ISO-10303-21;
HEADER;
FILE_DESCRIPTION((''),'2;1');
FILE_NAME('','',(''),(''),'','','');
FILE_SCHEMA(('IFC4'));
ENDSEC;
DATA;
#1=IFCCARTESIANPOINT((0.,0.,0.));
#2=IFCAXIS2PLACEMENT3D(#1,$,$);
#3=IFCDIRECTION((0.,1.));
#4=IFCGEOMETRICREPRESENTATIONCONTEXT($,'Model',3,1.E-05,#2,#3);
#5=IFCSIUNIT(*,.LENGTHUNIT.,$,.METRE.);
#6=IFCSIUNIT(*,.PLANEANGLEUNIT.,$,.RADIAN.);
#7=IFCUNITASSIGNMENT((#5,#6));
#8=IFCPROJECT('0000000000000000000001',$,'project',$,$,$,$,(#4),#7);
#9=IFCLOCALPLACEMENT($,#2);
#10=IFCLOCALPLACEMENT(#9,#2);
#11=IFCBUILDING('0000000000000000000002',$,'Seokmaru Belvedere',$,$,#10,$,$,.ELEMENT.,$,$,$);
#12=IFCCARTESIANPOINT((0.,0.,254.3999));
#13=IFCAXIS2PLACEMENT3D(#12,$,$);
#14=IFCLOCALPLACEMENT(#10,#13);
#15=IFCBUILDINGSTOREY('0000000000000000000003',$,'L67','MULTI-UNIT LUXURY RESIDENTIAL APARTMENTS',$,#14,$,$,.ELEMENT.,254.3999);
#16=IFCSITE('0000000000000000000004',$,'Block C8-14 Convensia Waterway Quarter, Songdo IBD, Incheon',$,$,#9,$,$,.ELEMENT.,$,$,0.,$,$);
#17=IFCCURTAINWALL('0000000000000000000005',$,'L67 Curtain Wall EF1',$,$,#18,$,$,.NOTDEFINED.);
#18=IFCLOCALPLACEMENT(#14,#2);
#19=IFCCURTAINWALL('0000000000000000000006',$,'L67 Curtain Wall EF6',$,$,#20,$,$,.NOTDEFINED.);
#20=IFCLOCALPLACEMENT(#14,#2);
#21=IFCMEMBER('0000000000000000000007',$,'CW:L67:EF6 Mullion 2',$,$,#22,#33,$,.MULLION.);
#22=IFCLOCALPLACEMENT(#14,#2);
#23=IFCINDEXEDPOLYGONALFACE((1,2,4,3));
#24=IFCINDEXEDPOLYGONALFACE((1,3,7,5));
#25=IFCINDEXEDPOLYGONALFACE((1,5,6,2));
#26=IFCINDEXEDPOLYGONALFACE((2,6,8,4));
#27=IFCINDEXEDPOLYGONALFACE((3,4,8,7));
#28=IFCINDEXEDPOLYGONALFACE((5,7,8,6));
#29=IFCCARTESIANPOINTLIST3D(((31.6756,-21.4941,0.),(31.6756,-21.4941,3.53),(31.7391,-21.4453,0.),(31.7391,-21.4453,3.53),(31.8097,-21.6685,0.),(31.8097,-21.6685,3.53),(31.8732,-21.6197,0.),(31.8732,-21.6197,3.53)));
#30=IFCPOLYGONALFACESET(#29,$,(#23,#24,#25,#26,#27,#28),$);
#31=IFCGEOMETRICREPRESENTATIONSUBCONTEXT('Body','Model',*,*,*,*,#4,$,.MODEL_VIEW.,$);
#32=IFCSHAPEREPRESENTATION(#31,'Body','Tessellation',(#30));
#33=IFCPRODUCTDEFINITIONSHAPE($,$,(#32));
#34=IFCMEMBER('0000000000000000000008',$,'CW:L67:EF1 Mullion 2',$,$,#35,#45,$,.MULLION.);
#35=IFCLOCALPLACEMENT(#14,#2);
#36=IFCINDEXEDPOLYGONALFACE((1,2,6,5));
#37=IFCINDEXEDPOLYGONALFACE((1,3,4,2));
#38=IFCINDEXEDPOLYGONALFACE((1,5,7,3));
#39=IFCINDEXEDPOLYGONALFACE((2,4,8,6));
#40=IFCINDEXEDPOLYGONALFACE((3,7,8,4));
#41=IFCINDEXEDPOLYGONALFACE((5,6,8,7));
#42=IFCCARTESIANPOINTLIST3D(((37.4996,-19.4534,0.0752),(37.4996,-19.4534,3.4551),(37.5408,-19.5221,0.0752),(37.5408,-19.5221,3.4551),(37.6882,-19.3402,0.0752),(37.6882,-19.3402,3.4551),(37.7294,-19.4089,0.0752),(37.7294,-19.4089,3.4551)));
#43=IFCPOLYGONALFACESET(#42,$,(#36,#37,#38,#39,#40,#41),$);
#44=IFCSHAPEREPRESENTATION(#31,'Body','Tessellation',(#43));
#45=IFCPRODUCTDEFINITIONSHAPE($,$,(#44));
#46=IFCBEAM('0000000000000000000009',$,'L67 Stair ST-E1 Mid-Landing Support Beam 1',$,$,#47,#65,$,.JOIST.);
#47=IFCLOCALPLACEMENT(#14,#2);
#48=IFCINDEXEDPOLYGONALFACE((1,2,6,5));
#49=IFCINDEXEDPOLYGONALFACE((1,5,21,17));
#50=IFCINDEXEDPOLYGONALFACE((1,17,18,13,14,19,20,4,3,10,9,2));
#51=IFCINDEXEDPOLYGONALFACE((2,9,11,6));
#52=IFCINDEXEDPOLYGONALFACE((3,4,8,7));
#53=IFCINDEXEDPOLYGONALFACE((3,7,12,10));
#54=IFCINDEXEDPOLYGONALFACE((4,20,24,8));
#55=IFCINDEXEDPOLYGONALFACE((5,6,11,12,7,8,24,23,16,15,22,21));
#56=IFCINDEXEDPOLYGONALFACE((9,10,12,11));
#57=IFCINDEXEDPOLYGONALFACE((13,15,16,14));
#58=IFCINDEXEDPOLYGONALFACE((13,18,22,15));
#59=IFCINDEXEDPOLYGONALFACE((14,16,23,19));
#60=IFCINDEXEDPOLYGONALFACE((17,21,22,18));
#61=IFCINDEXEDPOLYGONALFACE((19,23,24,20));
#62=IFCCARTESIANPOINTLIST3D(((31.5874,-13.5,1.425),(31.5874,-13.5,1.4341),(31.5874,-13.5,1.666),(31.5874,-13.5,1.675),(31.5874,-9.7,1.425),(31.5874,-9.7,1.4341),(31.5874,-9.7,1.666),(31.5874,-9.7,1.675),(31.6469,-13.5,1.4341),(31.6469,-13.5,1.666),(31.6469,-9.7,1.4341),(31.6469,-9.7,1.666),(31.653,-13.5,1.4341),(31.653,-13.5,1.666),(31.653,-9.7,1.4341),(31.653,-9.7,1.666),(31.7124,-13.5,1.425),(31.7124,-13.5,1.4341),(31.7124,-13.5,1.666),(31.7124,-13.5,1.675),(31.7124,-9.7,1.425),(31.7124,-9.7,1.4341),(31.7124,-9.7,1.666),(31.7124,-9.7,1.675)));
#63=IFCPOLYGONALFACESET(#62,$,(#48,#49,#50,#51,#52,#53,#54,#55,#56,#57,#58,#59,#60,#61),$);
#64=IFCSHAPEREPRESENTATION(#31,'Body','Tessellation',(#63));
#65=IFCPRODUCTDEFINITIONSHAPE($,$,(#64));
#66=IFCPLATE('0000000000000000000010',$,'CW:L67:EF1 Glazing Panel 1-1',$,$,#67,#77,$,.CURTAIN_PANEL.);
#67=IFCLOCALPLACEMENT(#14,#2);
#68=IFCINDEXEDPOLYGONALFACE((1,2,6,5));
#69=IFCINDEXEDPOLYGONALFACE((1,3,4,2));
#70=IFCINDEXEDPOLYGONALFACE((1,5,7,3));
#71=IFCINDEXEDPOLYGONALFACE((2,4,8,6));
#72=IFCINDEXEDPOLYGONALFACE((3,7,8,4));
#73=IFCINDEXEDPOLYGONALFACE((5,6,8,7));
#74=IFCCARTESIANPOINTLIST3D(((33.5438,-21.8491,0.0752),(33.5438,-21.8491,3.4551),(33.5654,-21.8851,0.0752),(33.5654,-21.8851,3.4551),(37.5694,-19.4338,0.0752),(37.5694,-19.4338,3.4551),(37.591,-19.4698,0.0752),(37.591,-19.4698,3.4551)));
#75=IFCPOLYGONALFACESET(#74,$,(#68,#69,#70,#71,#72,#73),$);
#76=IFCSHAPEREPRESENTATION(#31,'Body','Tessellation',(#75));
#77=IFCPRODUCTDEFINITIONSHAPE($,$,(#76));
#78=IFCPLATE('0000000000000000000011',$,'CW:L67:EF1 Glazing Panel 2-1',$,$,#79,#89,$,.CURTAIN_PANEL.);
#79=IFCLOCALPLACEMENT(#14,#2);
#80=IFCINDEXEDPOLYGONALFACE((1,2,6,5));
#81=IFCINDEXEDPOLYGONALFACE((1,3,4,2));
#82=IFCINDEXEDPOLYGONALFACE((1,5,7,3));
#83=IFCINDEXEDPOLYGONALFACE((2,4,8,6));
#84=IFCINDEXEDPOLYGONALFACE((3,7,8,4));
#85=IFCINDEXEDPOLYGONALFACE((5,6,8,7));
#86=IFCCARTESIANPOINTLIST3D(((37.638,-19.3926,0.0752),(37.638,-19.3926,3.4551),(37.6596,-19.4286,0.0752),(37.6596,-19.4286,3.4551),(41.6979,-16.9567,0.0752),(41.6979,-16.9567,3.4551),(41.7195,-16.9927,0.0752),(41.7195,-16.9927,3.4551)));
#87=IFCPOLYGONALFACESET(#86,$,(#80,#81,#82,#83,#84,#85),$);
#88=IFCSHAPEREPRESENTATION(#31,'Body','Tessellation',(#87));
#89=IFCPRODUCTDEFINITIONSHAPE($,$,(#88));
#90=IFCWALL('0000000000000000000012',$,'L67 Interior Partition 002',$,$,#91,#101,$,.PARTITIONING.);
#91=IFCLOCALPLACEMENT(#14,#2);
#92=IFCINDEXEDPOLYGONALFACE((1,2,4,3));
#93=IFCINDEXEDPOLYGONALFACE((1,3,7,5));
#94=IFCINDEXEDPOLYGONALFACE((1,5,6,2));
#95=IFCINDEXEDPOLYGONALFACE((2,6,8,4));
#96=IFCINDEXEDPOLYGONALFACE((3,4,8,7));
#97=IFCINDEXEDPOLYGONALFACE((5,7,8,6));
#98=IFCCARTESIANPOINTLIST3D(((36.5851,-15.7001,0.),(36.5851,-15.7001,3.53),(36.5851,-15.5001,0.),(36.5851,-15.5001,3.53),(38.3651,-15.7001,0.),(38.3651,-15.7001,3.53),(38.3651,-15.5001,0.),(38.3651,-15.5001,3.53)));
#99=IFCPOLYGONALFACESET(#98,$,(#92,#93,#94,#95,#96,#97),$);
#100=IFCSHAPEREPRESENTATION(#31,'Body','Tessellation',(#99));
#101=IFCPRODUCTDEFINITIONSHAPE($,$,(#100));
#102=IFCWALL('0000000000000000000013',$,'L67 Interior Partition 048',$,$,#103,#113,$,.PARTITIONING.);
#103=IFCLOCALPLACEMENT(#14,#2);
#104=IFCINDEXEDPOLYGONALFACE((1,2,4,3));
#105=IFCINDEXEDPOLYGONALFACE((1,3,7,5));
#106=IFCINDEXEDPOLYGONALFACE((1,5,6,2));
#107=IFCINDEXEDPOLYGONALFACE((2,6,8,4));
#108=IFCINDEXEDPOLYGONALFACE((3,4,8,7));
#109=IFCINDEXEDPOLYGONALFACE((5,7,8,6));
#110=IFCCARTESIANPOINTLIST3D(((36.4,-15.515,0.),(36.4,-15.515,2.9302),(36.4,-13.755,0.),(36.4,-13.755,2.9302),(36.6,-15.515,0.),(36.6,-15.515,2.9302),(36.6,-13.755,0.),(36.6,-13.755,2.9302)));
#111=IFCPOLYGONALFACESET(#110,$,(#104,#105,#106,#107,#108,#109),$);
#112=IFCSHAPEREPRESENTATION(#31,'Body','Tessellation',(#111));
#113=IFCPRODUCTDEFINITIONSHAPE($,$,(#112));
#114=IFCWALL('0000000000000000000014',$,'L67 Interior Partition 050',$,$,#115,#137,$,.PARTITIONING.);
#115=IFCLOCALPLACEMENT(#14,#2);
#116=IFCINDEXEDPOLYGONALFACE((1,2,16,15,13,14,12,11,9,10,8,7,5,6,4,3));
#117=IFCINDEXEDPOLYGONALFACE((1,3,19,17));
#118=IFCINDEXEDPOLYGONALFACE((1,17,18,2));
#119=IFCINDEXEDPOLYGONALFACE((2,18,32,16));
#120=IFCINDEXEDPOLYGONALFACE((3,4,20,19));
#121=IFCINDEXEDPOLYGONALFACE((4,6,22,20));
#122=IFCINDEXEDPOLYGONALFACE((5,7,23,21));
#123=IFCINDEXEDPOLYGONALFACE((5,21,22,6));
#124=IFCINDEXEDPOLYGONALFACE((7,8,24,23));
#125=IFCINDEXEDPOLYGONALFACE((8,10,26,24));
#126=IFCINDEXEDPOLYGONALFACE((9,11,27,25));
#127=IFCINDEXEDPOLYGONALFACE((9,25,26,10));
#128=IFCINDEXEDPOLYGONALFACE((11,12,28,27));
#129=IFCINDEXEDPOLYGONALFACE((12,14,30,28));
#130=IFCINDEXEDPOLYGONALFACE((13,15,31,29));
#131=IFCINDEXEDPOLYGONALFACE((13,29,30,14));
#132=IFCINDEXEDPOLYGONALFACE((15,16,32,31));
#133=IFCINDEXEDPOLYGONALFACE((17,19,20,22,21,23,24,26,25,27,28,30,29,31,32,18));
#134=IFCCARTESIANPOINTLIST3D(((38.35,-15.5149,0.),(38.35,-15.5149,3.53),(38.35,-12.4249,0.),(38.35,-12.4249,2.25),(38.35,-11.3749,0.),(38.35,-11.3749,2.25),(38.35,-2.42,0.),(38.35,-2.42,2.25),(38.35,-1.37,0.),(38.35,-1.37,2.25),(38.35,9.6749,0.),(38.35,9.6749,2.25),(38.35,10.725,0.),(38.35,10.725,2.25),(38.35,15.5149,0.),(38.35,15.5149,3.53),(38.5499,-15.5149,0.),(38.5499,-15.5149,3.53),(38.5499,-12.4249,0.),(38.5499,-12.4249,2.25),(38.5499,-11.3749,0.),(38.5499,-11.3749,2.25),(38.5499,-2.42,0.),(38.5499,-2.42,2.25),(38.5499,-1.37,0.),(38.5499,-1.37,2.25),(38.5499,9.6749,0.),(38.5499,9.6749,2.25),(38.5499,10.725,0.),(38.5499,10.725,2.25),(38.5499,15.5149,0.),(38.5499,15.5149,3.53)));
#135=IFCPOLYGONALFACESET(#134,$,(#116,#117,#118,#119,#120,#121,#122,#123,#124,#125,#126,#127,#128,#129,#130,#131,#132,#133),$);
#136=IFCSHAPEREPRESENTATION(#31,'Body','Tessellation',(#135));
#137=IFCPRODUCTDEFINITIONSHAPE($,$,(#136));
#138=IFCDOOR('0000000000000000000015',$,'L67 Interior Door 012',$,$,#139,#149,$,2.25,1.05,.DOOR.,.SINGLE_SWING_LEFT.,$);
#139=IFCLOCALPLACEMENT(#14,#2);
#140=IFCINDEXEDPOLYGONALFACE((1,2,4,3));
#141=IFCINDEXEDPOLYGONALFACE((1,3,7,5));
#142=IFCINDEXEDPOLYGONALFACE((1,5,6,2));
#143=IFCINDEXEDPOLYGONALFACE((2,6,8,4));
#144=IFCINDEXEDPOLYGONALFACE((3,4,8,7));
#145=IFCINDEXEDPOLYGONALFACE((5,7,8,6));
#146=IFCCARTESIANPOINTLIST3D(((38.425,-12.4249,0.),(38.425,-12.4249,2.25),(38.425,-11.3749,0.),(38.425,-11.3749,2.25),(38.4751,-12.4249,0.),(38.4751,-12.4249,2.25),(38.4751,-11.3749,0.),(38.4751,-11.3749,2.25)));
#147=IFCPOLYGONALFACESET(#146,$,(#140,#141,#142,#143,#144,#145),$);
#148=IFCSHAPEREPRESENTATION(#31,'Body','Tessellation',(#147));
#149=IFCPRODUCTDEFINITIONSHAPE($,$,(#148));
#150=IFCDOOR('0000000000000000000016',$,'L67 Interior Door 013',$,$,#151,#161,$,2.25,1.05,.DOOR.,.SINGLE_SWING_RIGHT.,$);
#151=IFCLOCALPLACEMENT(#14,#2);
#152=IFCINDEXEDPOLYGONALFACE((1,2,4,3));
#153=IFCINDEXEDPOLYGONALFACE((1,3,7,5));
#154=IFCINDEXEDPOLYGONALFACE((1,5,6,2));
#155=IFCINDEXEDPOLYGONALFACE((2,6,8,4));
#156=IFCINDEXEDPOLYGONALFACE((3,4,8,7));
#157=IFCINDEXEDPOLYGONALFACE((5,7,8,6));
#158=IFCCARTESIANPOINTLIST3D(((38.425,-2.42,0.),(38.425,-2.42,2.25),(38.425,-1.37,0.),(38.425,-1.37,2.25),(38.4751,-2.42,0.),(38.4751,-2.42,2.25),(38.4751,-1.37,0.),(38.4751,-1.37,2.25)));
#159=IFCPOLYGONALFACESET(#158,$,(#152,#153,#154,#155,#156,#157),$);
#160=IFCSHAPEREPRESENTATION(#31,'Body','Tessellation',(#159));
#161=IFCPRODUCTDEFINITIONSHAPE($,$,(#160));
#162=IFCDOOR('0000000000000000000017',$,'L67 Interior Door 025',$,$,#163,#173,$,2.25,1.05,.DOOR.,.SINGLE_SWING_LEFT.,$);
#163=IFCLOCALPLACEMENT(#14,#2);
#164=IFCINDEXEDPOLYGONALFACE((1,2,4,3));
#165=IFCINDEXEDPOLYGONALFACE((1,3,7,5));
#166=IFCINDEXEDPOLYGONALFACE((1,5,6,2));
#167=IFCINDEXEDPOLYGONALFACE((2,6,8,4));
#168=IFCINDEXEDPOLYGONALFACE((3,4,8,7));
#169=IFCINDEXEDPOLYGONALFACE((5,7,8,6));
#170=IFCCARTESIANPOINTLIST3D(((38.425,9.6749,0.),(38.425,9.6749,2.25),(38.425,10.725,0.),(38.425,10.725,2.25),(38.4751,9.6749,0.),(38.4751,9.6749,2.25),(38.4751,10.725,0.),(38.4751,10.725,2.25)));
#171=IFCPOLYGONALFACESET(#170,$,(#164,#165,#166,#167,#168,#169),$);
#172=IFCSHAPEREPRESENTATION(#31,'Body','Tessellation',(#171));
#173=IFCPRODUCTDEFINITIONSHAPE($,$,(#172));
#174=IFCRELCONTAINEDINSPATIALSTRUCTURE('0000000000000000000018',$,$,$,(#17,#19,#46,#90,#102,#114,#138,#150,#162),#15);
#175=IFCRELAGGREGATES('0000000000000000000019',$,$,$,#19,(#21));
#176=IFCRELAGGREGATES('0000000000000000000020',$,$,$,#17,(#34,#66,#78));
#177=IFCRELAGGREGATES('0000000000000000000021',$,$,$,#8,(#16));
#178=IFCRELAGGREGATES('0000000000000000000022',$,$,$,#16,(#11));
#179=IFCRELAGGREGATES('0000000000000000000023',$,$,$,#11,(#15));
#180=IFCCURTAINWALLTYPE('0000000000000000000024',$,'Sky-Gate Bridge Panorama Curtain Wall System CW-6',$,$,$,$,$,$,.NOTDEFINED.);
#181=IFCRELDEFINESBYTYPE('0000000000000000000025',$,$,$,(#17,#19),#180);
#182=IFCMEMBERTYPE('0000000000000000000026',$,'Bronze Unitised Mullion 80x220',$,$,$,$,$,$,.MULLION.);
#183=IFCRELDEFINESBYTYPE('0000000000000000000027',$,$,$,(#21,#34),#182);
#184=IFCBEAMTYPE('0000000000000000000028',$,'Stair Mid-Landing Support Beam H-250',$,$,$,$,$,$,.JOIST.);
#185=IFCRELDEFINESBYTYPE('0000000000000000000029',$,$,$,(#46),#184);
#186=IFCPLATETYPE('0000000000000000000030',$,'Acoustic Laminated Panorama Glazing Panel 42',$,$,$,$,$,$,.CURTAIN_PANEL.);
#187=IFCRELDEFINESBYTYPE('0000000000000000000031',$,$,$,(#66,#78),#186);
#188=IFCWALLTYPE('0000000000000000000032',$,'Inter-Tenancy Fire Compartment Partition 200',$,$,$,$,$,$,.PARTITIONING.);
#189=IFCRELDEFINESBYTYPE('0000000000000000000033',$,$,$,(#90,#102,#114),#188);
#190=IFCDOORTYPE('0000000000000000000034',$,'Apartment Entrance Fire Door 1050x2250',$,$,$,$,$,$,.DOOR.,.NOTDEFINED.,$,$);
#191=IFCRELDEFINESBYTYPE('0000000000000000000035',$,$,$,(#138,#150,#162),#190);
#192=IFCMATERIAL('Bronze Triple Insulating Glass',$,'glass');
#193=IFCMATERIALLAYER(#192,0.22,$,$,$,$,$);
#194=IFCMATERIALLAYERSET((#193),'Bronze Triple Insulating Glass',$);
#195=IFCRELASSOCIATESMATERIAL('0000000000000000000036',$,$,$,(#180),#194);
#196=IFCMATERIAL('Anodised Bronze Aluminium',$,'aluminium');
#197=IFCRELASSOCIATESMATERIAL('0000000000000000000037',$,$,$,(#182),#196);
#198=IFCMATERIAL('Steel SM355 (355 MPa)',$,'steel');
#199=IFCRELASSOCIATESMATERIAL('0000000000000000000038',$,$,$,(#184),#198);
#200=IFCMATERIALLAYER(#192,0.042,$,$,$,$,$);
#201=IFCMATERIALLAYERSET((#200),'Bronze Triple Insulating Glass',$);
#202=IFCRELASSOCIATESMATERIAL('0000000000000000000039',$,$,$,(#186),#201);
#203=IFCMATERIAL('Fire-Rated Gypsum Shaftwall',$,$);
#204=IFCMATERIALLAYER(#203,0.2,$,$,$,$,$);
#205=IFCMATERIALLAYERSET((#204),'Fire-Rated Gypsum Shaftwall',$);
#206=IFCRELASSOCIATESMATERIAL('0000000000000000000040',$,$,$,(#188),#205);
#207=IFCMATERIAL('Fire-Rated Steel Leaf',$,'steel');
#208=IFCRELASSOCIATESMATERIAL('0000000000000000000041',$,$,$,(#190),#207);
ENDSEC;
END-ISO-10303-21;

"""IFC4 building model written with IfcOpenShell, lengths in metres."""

from ifc_helpers import new_model, si_unit, direction, frame, frame_2d, origin, origin_2d, place, context, subcontext, project, spatial, rectangle, i_section, extrude, source, transform, mapped, material, layer, layer_set, material_profile, profile_set, type_object, type_shapes, element, fill, aggregate, save


model = new_model("IFC4")

# Units and contexts
model_context = context("Model", 3, precision=1e-05, world=origin(), true_north=direction((0.0, 1.0)))
body_context = subcontext(model_context, "Body", "Model", "MODEL_VIEW")
ifc_project = project(units=[si_unit("LENGTHUNIT", "METRE"), si_unit("PLANEANGLEUNIT", "RADIAN")], contexts=[model_context])

# Site, building, storey
site_placement = place(None, origin())
site = spatial("IfcSite", under=ifc_project, at=site_placement, Name="Block C8-14 Convensia Waterway Quarter, Songdo IBD, Incheon", CompositionType="ELEMENT", RefElevation=0.0)
building_placement = place(site_placement, origin())
building = spatial("IfcBuilding", under=site, at=building_placement, Name="Seokmaru Belvedere", CompositionType="ELEMENT")
storey_placement = place(building_placement, frame((0.0, 0.0, 254.3999)))
storey = spatial("IfcBuildingStorey", under=building, at=storey_placement, Name="L67", Description="MULTI-UNIT LUXURY RESIDENTIAL APARTMENTS", CompositionType="ELEMENT", Elevation=254.3999)

# Shared definitions
ifc_material_1 = material(Name="Steel SM355 (355 MPa)", Category="steel")

# Curtain wall
ifc_material_2 = material(Name="Bronze Triple Insulating Glass", Category="glass")
ifc_layer_1 = layer(ifc_material_2, 0.22)
ifc_layer_set_1 = layer_set([ifc_layer_1], Name="Bronze Triple Insulating Glass")
curtain_wall_type = type_object("IfcCurtainWallType", Name="Sky-Gate Bridge Panorama Curtain Wall System CW-6", PredefinedType="NOTDEFINED", material=ifc_layer_set_1)
curtain_wall_1_placement = place(storey_placement, origin())
curtain_wall_1 = element("IfcCurtainWall", 1, at=curtain_wall_1_placement, inside=storey, type_object=curtain_wall_type, Name="L67 Curtain Wall EF1", PredefinedType="NOTDEFINED")
ifc_material_3 = material(Name="Anodised Bronze Aluminium", Category="aluminium")
ifc_material_profile_1 = material_profile(ifc_material_3, rectangle(XDim=0.0801, YDim=0.22, at=origin_2d()), Name="CW-M-80x220")
ifc_profile_set_1 = profile_set([ifc_material_profile_1], Name="Anodised Bronze Aluminium")
member_type_1 = type_object("IfcMemberType", Name="Bronze Unitised Mullion 80x220", PredefinedType="MULLION", material=ifc_profile_set_1)
shared_shape_1 = source(origin(), body_context, "Body", "SweptSolid", [
    extrude(rectangle(XDim=0.0801, YDim=0.22, at=origin_2d()), origin(), (0.0, 0.0, 1.0), 3.53),
])

# Curtain wall, member
curtain_wall_2_placement = place(storey_placement, origin())
curtain_wall_2 = element("IfcCurtainWall", 2, at=curtain_wall_2_placement, inside=storey, type_object=curtain_wall_type, Name="L67 Curtain Wall EF6", PredefinedType="NOTDEFINED")
member_1_placement = place(storey_placement, frame((31.7744, -21.5569, 0.0), z_axis=(0.0, 0.0, 1.0), x_axis=(0.792631, 0.609701, 0.0)))
member_1 = element("IfcMember", 3, at=member_1_placement, type_object=member_type_1, Name="CW:L67:EF6 Mullion 2", PredefinedType="MULLION", context=body_context, shape_type="MappedRepresentation", body=[
    mapped(shared_shape_1, transform((0.0, 0.0, 0.0), scale=1.0)),
])
aggregate(curtain_wall_2, [member_1])

# Member
shared_shape_2 = source(origin(), body_context, "Body", "SweptSolid", [
    extrude(rectangle(XDim=0.0801, YDim=0.22, at=origin_2d()), origin(), (0.0, 0.0, 1.0), 3.3799),
])
type_shapes(member_type_1, [shared_shape_1, shared_shape_2])
member_2_placement = place(storey_placement, frame((37.6145, -19.4312, 0.0752), z_axis=(0.0, 0.0, 1.0), x_axis=(-0.514495, 0.857493, 0.0)))
member_2 = element("IfcMember", 4, at=member_2_placement, type_object=member_type_1, Name="CW:L67:EF1 Mullion 2", PredefinedType="MULLION", context=body_context, shape_type="MappedRepresentation", body=[
    mapped(shared_shape_2, transform((0.0, 0.0, 0.0), scale=1.0)),
])

# Beam
ifc_material_profile_2 = material_profile(ifc_material_1, i_section(OverallWidth=0.125, OverallDepth=0.25, WebThickness=0.0061, FlangeThickness=0.009, at=origin_2d()), Name="H-250x125x6x9")
ifc_profile_set_2 = profile_set([ifc_material_profile_2], Name="Steel SM355 (355 MPa)")
beam_type_1 = type_object("IfcBeamType", Name="Stair Mid-Landing Support Beam H-250", PredefinedType="JOIST", material=ifc_profile_set_2)
shared_shape_3 = source(origin(), body_context, "Body", "SweptSolid", [
    extrude(i_section(OverallWidth=0.125, OverallDepth=0.25, WebThickness=0.0061, FlangeThickness=0.009, at=origin_2d()), origin(), (0.0, 0.0, 1.0), 3.8),
])
type_shapes(beam_type_1, [shared_shape_3])
beam_1_placement = place(storey_placement, frame((31.6499, -13.5, 1.55), z_axis=(0.0, 1.0, 0.0), x_axis=(-1.0, 0.0, 0.0)))
element("IfcBeam", 5, at=beam_1_placement, inside=storey, type_object=beam_type_1, Name="L67 Stair ST-E1 Mid-Landing Support Beam 1", PredefinedType="JOIST", context=body_context, shape_type="MappedRepresentation", body=[
    mapped(shared_shape_3, transform((0.0, 0.0, 0.0), scale=1.0)),
])

# Plates
ifc_layer_2 = layer(ifc_material_2, 0.042)
ifc_layer_set_2 = layer_set([ifc_layer_2], Name="Bronze Triple Insulating Glass")
plate_type = type_object("IfcPlateType", Name="Acoustic Laminated Panorama Glazing Panel 42", PredefinedType="CURTAIN_PANEL", material=ifc_layer_set_2)
shared_shape_4 = source(origin(), body_context, "Body", "SweptSolid", [
    extrude(rectangle(XDim=4.6946, YDim=0.042, at=origin_2d()), origin(), (0.0, 0.0, 1.0), 3.3799),
])
plate_1_placement = place(storey_placement, frame((35.5674, -20.6594, 0.0752), z_axis=(0.0, 0.0, 1.0), x_axis=(0.857493, 0.514495, 0.0)))
plate_1 = element("IfcPlate", 6, at=plate_1_placement, type_object=plate_type, Name="CW:L67:EF1 Glazing Panel 1-1", PredefinedType="CURTAIN_PANEL", context=body_context, shape_type="MappedRepresentation", body=[
    mapped(shared_shape_4, transform((0.0, 0.0, 0.0), scale=1.0)),
])
shared_shape_5 = source(origin(), body_context, "Body", "SweptSolid", [
    extrude(rectangle(XDim=4.7346, YDim=0.042, at=origin_2d()), origin(), (0.0, 0.0, 1.0), 3.3799),
])
type_shapes(plate_type, [shared_shape_4, shared_shape_5])
plate_2_placement = place(storey_placement, frame((39.6787, -18.1926, 0.0752), z_axis=(0.0, 0.0, 1.0), x_axis=(0.857493, 0.514495, 0.0)))
plate_2 = element("IfcPlate", 7, at=plate_2_placement, type_object=plate_type, Name="CW:L67:EF1 Glazing Panel 2-1", PredefinedType="CURTAIN_PANEL", context=body_context, shape_type="MappedRepresentation", body=[
    mapped(shared_shape_5, transform((0.0, 0.0, 0.0), scale=1.0)),
])
aggregate(curtain_wall_1, [member_2, plate_1, plate_2])

# Walls
ifc_material_4 = material(Name="Fire-Rated Gypsum Shaftwall")
ifc_layer_3 = layer(ifc_material_4, 0.2)
ifc_layer_set_3 = layer_set([ifc_layer_3], Name="Fire-Rated Gypsum Shaftwall")
wall_type_1 = type_object("IfcWallType", Name="Inter-Tenancy Fire Compartment Partition 200", PredefinedType="PARTITIONING", material=ifc_layer_set_3)
wall_1_placement = place(storey_placement, frame((36.585, -15.6001, 0.0), z_axis=(0.0, 0.0, 1.0), x_axis=(1.0, 0.0, 0.0)))
element("IfcWall", 8, at=wall_1_placement, inside=storey, type_object=wall_type_1, Name="L67 Interior Partition 002", PredefinedType="PARTITIONING", context=body_context, shape_type="SweptSolid", body=[
    extrude(rectangle(XDim=1.78, YDim=0.2, at=frame_2d((0.8901, 0.0))), origin(), (0.0, 0.0, 1.0), 3.53),
])
wall_2_placement = place(storey_placement, frame((36.5, -15.5149, 0.0), z_axis=(0.0, 0.0, 1.0), x_axis=(0.0, 1.0, 0.0)))
element("IfcWall", 9, at=wall_2_placement, inside=storey, type_object=wall_type_1, Name="L67 Interior Partition 048", PredefinedType="PARTITIONING", context=body_context, shape_type="SweptSolid", body=[
    extrude(rectangle(XDim=1.76, YDim=0.2, at=frame_2d((0.8799, 0.0))), origin(), (0.0, 0.0, 1.0), 2.9302),
])

# Wall, openings, doors
wall_3_placement = place(storey_placement, frame((38.45, -15.5149, 0.0), z_axis=(0.0, 0.0, 1.0), x_axis=(0.0, 1.0, 0.0)))
wall_3 = element("IfcWall", 10, at=wall_3_placement, inside=storey, type_object=wall_type_1, Name="L67 Interior Partition 050", PredefinedType="PARTITIONING", context=body_context, shape_type="SweptSolid", body=[
    extrude(rectangle(XDim=31.0298, YDim=0.2, at=frame_2d((15.5149, 0.0))), origin(), (0.0, 0.0, 1.0), 3.53),
])
opening_1_placement = place(wall_3_placement, frame((3.0901, 0.0, 0.0)))
opening_1 = element("IfcOpeningElement", 11, at=opening_1_placement, cuts=wall_3, PredefinedType="OPENING", context=body_context, shape_type="SweptSolid", body=[
    extrude(rectangle(XDim=1.05, YDim=2.25, at=frame_2d((0.5249, 1.125))), frame((0.0, 0.1099, 0.0), z_axis=(0.0, -1.0, 0.0), x_axis=(1.0, 0.0, 0.0)), (0.0, 0.0, 1.0), 0.22),
])
opening_2_placement = place(wall_3_placement, frame((13.095, 0.0, 0.0)))
opening_2 = element("IfcOpeningElement", 12, at=opening_2_placement, cuts=wall_3, PredefinedType="OPENING", context=body_context, shape_type="SweptSolid", body=[
    extrude(rectangle(XDim=1.05, YDim=2.25, at=frame_2d((0.5249, 1.125))), frame((0.0, 0.1099, 0.0), z_axis=(0.0, -1.0, 0.0), x_axis=(1.0, 0.0, 0.0)), (0.0, 0.0, 1.0), 0.22),
])
opening_3_placement = place(wall_3_placement, frame((25.1899, 0.0, 0.0)))
opening_3 = element("IfcOpeningElement", 13, at=opening_3_placement, cuts=wall_3, PredefinedType="OPENING", context=body_context, shape_type="SweptSolid", body=[
    extrude(rectangle(XDim=1.05, YDim=2.25, at=frame_2d((0.5249, 1.125))), frame((0.0, 0.1099, 0.0), z_axis=(0.0, -1.0, 0.0), x_axis=(1.0, 0.0, 0.0)), (0.0, 0.0, 1.0), 0.22),
])
ifc_material_5 = material(Name="Fire-Rated Steel Leaf", Category="steel")
door_type_1 = type_object("IfcDoorType", Name="Apartment Entrance Fire Door 1050x2250", OperationType="NOTDEFINED", PredefinedType="DOOR", material=ifc_material_5)
shared_shape_6 = source(origin(), body_context, "Body", "SweptSolid", [
    extrude(rectangle(XDim=1.05, YDim=2.25, at=frame_2d((0.5249, 1.125))), frame((0.0, 0.0249, 0.0), z_axis=(0.0, -1.0, 0.0), x_axis=(1.0, 0.0, 0.0)), (0.0, 0.0, 1.0), 0.05),
])
type_shapes(door_type_1, [shared_shape_6])
door_1_placement = place(opening_1_placement, origin())
door_1 = element("IfcDoor", 14, at=door_1_placement, inside=storey, type_object=door_type_1, Name="L67 Interior Door 012", OperationType="SINGLE_SWING_LEFT", OverallHeight=2.25, OverallWidth=1.05, PredefinedType="DOOR", context=body_context, shape_type="MappedRepresentation", body=[
    mapped(shared_shape_6, transform((0.0, 0.0, 0.0), scale=1.0)),
])
fill(opening_1, door_1)
door_2_placement = place(opening_2_placement, origin())
door_2 = element("IfcDoor", 15, at=door_2_placement, inside=storey, type_object=door_type_1, Name="L67 Interior Door 013", OperationType="SINGLE_SWING_RIGHT", OverallHeight=2.25, OverallWidth=1.05, PredefinedType="DOOR", context=body_context, shape_type="MappedRepresentation", body=[
    mapped(shared_shape_6, transform((0.0, 0.0, 0.0), scale=1.0)),
])
fill(opening_2, door_2)
door_3_placement = place(opening_3_placement, origin())
door_3 = element("IfcDoor", 16, at=door_3_placement, inside=storey, type_object=door_type_1, Name="L67 Interior Door 025", OperationType="SINGLE_SWING_LEFT", OverallHeight=2.25, OverallWidth=1.05, PredefinedType="DOOR", context=body_context, shape_type="MappedRepresentation", body=[
    mapped(shared_shape_6, transform((0.0, 0.0, 0.0), scale=1.0)),
])
fill(opening_3, door_3)

save(model, "model.ifc")
